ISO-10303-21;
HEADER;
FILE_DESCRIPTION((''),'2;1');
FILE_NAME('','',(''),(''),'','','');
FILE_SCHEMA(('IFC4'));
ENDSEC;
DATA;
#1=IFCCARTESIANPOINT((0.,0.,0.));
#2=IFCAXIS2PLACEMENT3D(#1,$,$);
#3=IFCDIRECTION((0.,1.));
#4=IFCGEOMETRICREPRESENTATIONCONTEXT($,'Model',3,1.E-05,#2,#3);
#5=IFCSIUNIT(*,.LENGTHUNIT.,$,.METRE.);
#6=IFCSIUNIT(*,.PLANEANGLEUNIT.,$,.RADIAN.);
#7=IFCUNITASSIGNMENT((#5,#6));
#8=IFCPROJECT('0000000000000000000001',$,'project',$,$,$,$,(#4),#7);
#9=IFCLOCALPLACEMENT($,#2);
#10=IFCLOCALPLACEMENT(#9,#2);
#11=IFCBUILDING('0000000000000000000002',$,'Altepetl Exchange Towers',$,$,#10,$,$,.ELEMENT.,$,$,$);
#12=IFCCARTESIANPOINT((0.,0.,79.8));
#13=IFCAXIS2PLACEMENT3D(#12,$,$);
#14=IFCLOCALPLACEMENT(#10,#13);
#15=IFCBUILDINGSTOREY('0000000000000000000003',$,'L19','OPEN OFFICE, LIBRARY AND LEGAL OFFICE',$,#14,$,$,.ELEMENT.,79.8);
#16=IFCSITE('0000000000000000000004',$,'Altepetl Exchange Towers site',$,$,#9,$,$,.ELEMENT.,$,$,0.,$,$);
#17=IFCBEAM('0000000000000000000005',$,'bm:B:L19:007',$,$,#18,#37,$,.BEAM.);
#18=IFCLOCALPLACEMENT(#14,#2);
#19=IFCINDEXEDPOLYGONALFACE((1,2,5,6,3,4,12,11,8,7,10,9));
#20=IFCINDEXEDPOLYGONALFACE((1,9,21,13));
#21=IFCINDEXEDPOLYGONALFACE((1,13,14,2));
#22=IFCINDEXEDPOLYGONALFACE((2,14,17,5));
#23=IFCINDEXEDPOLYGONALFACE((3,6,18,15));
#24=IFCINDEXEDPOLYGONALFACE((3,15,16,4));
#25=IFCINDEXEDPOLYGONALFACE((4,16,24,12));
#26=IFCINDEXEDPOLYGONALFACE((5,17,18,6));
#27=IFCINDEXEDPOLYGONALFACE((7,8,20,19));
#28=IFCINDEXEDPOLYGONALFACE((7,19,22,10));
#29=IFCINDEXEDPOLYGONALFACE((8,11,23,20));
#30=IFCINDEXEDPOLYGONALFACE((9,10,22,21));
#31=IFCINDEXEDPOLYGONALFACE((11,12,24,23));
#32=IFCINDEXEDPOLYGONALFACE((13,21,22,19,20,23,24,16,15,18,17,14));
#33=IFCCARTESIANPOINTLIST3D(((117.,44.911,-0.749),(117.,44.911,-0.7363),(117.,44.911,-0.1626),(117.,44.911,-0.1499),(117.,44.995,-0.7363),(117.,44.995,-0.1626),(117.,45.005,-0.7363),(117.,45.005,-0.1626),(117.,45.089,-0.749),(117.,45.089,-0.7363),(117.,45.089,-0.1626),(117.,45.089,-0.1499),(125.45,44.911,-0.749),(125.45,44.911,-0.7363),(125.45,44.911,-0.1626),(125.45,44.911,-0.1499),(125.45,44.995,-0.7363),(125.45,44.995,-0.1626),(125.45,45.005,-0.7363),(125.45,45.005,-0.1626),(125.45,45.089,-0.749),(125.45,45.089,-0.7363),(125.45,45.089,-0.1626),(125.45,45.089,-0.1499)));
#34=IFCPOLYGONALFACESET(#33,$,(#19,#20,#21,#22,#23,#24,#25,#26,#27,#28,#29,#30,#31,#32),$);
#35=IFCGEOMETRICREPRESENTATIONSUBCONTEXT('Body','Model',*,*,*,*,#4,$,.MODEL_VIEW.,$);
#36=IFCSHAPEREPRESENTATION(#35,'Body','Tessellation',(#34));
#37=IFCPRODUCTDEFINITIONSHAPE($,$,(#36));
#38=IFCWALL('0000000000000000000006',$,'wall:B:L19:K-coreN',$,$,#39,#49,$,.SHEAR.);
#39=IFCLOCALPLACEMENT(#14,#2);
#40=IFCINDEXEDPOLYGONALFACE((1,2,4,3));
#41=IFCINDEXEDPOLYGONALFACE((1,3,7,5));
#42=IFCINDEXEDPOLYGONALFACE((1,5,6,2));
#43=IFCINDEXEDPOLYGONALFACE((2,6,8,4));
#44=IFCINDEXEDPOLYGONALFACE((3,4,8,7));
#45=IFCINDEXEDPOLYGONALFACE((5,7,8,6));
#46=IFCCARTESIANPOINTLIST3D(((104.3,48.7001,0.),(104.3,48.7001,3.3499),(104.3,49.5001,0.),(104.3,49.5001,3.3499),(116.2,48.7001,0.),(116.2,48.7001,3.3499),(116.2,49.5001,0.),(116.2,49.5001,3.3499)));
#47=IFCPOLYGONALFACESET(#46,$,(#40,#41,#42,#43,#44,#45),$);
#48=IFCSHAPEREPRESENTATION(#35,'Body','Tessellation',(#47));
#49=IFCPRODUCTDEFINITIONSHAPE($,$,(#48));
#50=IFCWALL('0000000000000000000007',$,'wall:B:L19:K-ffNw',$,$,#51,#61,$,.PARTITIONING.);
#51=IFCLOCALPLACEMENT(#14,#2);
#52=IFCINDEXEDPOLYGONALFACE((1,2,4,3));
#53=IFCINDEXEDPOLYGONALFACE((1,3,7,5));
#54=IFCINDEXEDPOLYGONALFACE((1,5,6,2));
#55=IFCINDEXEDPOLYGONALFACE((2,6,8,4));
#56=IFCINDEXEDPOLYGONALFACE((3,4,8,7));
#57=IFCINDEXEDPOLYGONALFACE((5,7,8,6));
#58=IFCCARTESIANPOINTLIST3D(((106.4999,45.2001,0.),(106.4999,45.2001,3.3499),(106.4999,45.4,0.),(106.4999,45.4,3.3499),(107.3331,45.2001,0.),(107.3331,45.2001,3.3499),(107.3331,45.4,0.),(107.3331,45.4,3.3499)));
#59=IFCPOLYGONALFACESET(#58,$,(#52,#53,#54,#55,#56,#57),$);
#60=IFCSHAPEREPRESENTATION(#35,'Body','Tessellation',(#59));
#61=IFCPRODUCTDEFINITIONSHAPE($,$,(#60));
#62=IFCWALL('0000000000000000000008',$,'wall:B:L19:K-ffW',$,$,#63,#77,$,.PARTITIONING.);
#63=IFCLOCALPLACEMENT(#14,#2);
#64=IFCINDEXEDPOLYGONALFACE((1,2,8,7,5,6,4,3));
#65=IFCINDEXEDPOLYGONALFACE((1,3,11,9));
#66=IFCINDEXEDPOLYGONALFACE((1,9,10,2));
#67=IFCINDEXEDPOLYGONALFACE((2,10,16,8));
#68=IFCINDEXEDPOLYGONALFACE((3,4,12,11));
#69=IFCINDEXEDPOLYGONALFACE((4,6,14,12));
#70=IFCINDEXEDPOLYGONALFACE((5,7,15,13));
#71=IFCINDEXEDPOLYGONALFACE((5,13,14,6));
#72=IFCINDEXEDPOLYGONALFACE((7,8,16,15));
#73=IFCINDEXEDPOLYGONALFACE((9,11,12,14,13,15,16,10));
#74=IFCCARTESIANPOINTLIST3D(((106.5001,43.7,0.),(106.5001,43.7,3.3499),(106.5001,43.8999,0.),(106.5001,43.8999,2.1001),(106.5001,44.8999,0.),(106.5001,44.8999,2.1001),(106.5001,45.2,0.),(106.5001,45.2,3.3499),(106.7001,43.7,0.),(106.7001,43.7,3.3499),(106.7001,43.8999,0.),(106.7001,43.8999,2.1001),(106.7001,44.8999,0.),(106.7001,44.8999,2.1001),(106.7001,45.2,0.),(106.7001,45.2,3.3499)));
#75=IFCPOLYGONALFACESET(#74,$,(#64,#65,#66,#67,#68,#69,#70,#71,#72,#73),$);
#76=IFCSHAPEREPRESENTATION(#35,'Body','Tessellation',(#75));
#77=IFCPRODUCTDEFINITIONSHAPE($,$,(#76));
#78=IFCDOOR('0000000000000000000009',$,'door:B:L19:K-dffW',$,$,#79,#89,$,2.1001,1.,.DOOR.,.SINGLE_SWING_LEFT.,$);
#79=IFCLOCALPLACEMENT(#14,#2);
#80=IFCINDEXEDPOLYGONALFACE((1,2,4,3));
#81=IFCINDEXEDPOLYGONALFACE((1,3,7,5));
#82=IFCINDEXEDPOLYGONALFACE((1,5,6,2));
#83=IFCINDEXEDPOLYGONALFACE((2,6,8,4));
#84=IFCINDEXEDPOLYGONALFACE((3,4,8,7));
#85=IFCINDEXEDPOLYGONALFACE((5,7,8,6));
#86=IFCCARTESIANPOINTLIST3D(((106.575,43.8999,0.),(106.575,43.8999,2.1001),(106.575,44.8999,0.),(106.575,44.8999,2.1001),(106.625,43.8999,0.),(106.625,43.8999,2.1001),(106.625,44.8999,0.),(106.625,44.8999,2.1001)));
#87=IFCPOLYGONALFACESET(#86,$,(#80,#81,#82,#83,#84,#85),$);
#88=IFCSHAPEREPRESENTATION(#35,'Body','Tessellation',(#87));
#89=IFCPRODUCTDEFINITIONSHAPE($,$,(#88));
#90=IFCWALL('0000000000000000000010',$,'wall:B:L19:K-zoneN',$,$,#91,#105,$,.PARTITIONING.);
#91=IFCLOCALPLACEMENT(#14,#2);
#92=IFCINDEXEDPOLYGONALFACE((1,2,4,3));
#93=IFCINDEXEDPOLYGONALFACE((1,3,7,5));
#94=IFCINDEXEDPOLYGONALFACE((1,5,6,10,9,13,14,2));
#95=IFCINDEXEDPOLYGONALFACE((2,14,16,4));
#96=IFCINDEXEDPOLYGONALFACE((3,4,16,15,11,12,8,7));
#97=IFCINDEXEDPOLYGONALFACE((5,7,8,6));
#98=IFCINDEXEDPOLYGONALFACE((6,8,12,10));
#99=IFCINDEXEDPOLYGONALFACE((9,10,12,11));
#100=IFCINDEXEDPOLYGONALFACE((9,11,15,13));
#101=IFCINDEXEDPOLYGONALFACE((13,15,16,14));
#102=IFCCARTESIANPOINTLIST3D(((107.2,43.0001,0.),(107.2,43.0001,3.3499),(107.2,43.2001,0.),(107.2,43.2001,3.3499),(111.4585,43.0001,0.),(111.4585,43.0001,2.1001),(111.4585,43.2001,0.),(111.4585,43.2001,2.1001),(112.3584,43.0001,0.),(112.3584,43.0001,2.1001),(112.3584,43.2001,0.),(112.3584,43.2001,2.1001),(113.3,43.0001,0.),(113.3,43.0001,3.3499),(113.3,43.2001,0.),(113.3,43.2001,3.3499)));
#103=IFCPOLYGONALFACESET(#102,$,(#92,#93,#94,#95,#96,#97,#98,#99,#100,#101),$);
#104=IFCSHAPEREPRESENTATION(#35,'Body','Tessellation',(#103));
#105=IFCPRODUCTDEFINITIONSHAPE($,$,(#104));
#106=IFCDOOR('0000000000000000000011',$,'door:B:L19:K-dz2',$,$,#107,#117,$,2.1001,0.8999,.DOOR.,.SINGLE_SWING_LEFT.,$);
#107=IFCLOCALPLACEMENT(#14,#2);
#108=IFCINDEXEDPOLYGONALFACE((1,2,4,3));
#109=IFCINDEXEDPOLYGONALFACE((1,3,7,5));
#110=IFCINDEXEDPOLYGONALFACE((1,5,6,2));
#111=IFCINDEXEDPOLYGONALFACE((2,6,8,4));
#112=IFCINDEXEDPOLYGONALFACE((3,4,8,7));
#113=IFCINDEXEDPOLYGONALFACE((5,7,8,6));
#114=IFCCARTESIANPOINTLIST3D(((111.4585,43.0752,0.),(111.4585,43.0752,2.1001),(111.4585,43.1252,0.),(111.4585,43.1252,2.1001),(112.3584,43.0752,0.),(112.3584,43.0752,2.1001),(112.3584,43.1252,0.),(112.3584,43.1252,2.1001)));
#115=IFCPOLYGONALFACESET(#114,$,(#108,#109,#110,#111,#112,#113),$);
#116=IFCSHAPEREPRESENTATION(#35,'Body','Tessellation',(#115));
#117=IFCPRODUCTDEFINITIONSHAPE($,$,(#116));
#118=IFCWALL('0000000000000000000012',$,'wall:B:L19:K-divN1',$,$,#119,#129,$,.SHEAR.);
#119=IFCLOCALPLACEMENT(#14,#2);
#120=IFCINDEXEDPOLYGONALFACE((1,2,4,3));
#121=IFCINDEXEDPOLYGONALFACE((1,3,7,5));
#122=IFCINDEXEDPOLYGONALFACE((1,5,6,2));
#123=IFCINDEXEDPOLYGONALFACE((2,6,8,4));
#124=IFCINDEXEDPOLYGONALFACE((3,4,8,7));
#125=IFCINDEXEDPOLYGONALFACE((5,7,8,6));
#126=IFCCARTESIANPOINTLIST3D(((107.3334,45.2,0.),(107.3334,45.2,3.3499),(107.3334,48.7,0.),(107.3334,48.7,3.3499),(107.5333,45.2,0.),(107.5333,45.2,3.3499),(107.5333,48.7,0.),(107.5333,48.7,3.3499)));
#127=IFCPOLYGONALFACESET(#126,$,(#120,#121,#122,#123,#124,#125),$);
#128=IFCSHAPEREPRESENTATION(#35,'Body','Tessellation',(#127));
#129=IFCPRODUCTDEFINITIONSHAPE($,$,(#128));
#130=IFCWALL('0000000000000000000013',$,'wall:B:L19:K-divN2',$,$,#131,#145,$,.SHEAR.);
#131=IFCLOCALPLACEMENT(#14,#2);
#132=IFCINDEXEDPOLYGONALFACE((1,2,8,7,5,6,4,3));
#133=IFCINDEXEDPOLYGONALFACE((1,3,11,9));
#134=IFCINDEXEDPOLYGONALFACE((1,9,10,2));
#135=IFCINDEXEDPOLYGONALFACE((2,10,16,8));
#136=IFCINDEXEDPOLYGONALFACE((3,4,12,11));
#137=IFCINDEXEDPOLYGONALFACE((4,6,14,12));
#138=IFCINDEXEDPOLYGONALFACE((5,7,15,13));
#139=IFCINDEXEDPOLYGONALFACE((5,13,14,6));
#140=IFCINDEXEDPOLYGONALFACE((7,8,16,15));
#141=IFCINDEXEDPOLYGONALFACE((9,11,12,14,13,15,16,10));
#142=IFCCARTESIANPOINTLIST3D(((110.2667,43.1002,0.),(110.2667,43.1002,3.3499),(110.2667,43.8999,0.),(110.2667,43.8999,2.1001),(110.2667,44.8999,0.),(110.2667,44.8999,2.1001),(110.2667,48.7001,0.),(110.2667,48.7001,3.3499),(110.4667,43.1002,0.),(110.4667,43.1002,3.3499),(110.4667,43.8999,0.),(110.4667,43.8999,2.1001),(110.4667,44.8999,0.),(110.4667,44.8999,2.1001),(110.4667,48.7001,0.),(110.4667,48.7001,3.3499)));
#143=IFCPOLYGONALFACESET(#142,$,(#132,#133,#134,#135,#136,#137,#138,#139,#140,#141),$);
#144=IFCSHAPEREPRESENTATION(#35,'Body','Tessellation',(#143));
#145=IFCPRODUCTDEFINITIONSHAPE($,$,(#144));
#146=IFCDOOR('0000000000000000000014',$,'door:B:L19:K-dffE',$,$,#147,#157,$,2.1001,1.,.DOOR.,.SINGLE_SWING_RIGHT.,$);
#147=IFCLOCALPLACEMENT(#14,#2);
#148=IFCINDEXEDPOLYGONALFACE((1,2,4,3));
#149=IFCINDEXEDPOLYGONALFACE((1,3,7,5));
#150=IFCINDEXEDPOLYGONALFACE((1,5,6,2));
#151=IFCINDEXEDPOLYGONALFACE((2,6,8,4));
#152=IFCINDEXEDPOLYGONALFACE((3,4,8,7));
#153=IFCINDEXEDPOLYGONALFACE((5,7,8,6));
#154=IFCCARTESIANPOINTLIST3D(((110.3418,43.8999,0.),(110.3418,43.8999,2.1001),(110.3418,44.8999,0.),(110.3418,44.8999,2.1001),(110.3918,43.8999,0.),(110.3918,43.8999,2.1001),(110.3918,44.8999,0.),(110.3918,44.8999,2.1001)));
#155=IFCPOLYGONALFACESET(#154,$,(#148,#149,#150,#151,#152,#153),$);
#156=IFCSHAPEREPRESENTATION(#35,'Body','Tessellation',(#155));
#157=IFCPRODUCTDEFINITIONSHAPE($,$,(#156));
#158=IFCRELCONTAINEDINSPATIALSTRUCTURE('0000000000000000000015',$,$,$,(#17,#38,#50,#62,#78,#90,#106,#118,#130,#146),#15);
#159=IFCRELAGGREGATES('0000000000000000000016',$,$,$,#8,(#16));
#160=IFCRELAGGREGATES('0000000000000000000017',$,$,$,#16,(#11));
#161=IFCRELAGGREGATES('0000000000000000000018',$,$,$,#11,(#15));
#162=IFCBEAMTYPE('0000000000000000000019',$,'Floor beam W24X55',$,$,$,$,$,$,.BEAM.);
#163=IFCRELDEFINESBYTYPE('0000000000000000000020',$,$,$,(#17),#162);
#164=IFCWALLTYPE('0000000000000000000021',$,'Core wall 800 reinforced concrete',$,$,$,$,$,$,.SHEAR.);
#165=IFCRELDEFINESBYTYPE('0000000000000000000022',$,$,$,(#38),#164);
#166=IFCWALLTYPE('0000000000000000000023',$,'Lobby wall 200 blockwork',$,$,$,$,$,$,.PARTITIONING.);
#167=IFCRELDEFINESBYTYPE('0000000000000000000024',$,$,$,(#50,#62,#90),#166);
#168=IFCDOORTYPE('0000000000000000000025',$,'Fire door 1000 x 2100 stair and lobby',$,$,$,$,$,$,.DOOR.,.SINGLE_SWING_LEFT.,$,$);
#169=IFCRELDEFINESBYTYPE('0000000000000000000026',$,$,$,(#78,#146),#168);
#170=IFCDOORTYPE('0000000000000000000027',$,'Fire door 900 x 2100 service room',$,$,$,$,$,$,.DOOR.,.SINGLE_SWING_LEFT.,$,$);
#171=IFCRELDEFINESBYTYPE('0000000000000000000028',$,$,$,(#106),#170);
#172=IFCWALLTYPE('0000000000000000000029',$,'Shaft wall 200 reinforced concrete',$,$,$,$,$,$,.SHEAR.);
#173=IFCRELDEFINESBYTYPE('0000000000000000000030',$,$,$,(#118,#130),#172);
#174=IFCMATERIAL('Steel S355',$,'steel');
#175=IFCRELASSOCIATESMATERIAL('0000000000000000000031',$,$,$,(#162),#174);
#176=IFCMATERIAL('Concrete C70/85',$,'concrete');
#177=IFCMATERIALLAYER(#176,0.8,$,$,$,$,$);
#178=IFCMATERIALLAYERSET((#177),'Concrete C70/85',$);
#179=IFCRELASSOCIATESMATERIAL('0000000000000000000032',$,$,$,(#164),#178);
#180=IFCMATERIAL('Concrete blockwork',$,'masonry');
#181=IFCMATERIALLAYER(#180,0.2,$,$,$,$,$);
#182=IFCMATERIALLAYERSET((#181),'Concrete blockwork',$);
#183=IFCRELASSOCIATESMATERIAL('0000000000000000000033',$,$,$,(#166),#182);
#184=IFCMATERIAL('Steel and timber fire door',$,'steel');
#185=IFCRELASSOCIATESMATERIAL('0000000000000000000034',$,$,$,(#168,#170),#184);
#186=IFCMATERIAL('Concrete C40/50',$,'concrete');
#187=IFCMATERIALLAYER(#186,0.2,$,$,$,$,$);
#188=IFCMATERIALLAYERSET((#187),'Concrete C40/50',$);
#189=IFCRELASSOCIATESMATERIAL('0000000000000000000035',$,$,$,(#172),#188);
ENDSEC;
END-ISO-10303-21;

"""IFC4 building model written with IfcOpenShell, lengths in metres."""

from ifc_helpers import new_model, si_unit, direction, frame, frame_2d, origin, origin_2d, place, context, subcontext, project, spatial, rectangle, i_section, extrude, material, layer, layer_set, material_profile, profile_set, type_object, element, fill, save


model = new_model("IFC4")

# Units and contexts
model_context = context("Model", 3, precision=1e-05, world=origin(), true_north=direction((0.0, 1.0)))
body_context = subcontext(model_context, "Body", "Model", "MODEL_VIEW")
ifc_project = project(units=[si_unit("LENGTHUNIT", "METRE"), si_unit("PLANEANGLEUNIT", "RADIAN")], contexts=[model_context])

# Site, building, storey
site_placement = place(None, origin())
site = spatial("IfcSite", under=ifc_project, at=site_placement, Name="Altepetl Exchange Towers site", CompositionType="ELEMENT", RefElevation=0.0)
building_placement = place(site_placement, origin())
building = spatial("IfcBuilding", under=site, at=building_placement, Name="Altepetl Exchange Towers", CompositionType="ELEMENT")
storey_placement = place(building_placement, frame((0.0, 0.0, 79.8)))
storey = spatial("IfcBuildingStorey", under=building, at=storey_placement, Name="L19", Description="OPEN OFFICE, LIBRARY AND LEGAL OFFICE", CompositionType="ELEMENT", Elevation=79.8)

# Beam
ifc_material_1 = material(Name="Steel S355", Category="steel")
ifc_material_profile = material_profile(ifc_material_1, i_section(OverallWidth=0.178, OverallDepth=0.5991, WebThickness=0.01, FlangeThickness=0.0127, at=origin_2d()), Name="W24X55")
ifc_profile_set = profile_set([ifc_material_profile], Name="Steel S355")
beam_type = type_object("IfcBeamType", Name="Floor beam W24X55", PredefinedType="BEAM", material=ifc_profile_set)
beam_placement = place(storey_placement, frame((117.0, 45.0, -0.4495), z_axis=(1.0, 0.0, 0.0), x_axis=(0.0, 1.0, 0.0)))
element("IfcBeam", 1, at=beam_placement, inside=storey, type_object=beam_type, Name="bm:B:L19:007", PredefinedType="BEAM", context=body_context, shape_type="SweptSolid", body=[
    extrude(i_section(OverallWidth=0.178, OverallDepth=0.5991, WebThickness=0.01, FlangeThickness=0.0127, at=origin_2d()), origin(), (0.0, 0.0, 1.0), 8.45),
])

# Walls
ifc_material_2 = material(Name="Concrete C70/85", Category="concrete")
ifc_layer_1 = layer(ifc_material_2, 0.8)
ifc_layer_set_1 = layer_set([ifc_layer_1], Name="Concrete C70/85")
wall_type_1 = type_object("IfcWallType", Name="Core wall 800 reinforced concrete", PredefinedType="SHEAR", material=ifc_layer_set_1)
wall_1_placement = place(storey_placement, frame((104.3, 49.1001, 0.0)))
element("IfcWall", 2, at=wall_1_placement, inside=storey, type_object=wall_type_1, Name="wall:B:L19:K-coreN", PredefinedType="SHEAR", context=body_context, shape_type="SweptSolid", body=[
    extrude(rectangle(XDim=11.8999, YDim=0.8, at=frame_2d((5.95, 0.0))), origin(), (0.0, 0.0, 1.0), 3.3499),
])
ifc_material_3 = material(Name="Concrete blockwork", Category="masonry")
ifc_layer_2 = layer(ifc_material_3, 0.2)
ifc_layer_set_2 = layer_set([ifc_layer_2], Name="Concrete blockwork")
wall_type_2 = type_object("IfcWallType", Name="Lobby wall 200 blockwork", PredefinedType="PARTITIONING", material=ifc_layer_set_2)
wall_2_placement = place(storey_placement, frame((106.5, 45.3, 0.0)))
element("IfcWall", 3, at=wall_2_placement, inside=storey, type_object=wall_type_2, Name="wall:B:L19:K-ffNw", PredefinedType="PARTITIONING", context=body_context, shape_type="SweptSolid", body=[
    extrude(rectangle(XDim=0.8333, YDim=0.2, at=frame_2d((0.4165, 0.0))), origin(), (0.0, 0.0, 1.0), 3.3499),
])

# Walls, openings, doors
wall_3_placement = place(storey_placement, frame((106.6001, 43.7, 0.0), z_axis=(0.0, 0.0, 1.0), x_axis=(0.0, 1.0, 0.0)))
wall_3 = element("IfcWall", 4, at=wall_3_placement, inside=storey, type_object=wall_type_2, Name="wall:B:L19:K-ffW", PredefinedType="PARTITIONING", context=body_context, shape_type="SweptSolid", body=[
    extrude(rectangle(XDim=1.5, YDim=0.2, at=frame_2d((0.75, 0.0))), origin(), (0.0, 0.0, 1.0), 3.3499),
])
opening_1_placement = place(wall_3_placement, frame((0.2, 0.0, 0.0)))
opening_1 = element("IfcOpeningElement", 5, at=opening_1_placement, cuts=wall_3, PredefinedType="OPENING", context=body_context, shape_type="SweptSolid", body=[
    extrude(rectangle(XDim=1.0, YDim=2.1001, at=frame_2d((0.5, 1.05))), frame((0.0, 0.1099, 0.0), z_axis=(0.0, -1.0, 0.0), x_axis=(1.0, 0.0, 0.0)), (0.0, 0.0, 1.0), 0.22),
])
ifc_material_4 = material(Name="Steel and timber fire door", Category="steel")
door_type_1 = type_object("IfcDoorType", Name="Fire door 1000 x 2100 stair and lobby", OperationType="SINGLE_SWING_LEFT", PredefinedType="DOOR", material=ifc_material_4)
door_1_placement = place(opening_1_placement, frame((1.0, 0.0, 0.0), x_axis=(-1.0, 0.0, 0.0)))
door_1 = element("IfcDoor", 6, at=door_1_placement, inside=storey, type_object=door_type_1, Name="door:B:L19:K-dffW", OperationType="SINGLE_SWING_LEFT", OverallHeight=2.1001, OverallWidth=1.0, PredefinedType="DOOR", context=body_context, shape_type="SweptSolid", body=[
    extrude(rectangle(XDim=1.0, YDim=2.1001, at=frame_2d((0.5, 1.05))), frame((0.0, 0.0249, 0.0), z_axis=(0.0, -1.0, 0.0), x_axis=(1.0, 0.0, 0.0)), (0.0, 0.0, 1.0), 0.05),
])
fill(opening_1, door_1)
wall_4_placement = place(storey_placement, frame((107.2, 43.1001, 0.0)))
wall_4 = element("IfcWall", 7, at=wall_4_placement, inside=storey, type_object=wall_type_2, Name="wall:B:L19:K-zoneN", PredefinedType="PARTITIONING", context=body_context, shape_type="SweptSolid", body=[
    extrude(rectangle(XDim=6.1001, YDim=0.2, at=frame_2d((3.05, 0.0))), origin(), (0.0, 0.0, 1.0), 3.3499),
])
opening_2_placement = place(wall_4_placement, frame((4.2585, 0.0, 0.0)))
opening_2 = element("IfcOpeningElement", 8, at=opening_2_placement, cuts=wall_4, PredefinedType="OPENING", context=body_context, shape_type="SweptSolid", body=[
    extrude(rectangle(XDim=0.8999, YDim=2.1001, at=frame_2d((0.45, 1.05))), frame((0.0, 0.1099, 0.0), z_axis=(0.0, -1.0, 0.0), x_axis=(1.0, 0.0, 0.0)), (0.0, 0.0, 1.0), 0.22),
])
door_type_2 = type_object("IfcDoorType", Name="Fire door 900 x 2100 service room", OperationType="SINGLE_SWING_LEFT", PredefinedType="DOOR", material=ifc_material_4)
door_2_placement = place(opening_2_placement, frame((0.8999, 0.0, 0.0), x_axis=(-1.0, 0.0, 0.0)))
door_2 = element("IfcDoor", 9, at=door_2_placement, inside=storey, type_object=door_type_2, Name="door:B:L19:K-dz2", OperationType="SINGLE_SWING_LEFT", OverallHeight=2.1001, OverallWidth=0.8999, PredefinedType="DOOR", context=body_context, shape_type="SweptSolid", body=[
    extrude(rectangle(XDim=0.8999, YDim=2.1001, at=frame_2d((0.45, 1.05))), frame((0.0, 0.0249, 0.0), z_axis=(0.0, -1.0, 0.0), x_axis=(1.0, 0.0, 0.0)), (0.0, 0.0, 1.0), 0.05),
])
fill(opening_2, door_2)

# Wall
ifc_material_5 = material(Name="Concrete C40/50", Category="concrete")
ifc_layer_3 = layer(ifc_material_5, 0.2)
ifc_layer_set_3 = layer_set([ifc_layer_3], Name="Concrete C40/50")
wall_type_3 = type_object("IfcWallType", Name="Shaft wall 200 reinforced concrete", PredefinedType="SHEAR", material=ifc_layer_set_3)
wall_5_placement = place(storey_placement, frame((107.4333, 48.7, 0.0), z_axis=(0.0, 0.0, 1.0), x_axis=(0.0, -1.0, 0.0)))
element("IfcWall", 10, at=wall_5_placement, inside=storey, type_object=wall_type_3, Name="wall:B:L19:K-divN1", PredefinedType="SHEAR", context=body_context, shape_type="SweptSolid", body=[
    extrude(rectangle(XDim=3.5, YDim=0.2, at=frame_2d((1.75, 0.0))), origin(), (0.0, 0.0, 1.0), 3.3499),
])

# Wall, opening, door
wall_6_placement = place(storey_placement, frame((110.3667, 48.7, 0.0), z_axis=(0.0, 0.0, 1.0), x_axis=(0.0, -1.0, 0.0)))
wall_6 = element("IfcWall", 11, at=wall_6_placement, inside=storey, type_object=wall_type_3, Name="wall:B:L19:K-divN2", PredefinedType="SHEAR", context=body_context, shape_type="SweptSolid", body=[
    extrude(rectangle(XDim=5.5999, YDim=0.2, at=frame_2d((2.7998, 0.0))), origin(), (0.0, 0.0, 1.0), 3.3499),
])
opening_3_placement = place(wall_6_placement, frame((3.8, 0.0, 0.0)))
opening_3 = element("IfcOpeningElement", 12, at=opening_3_placement, cuts=wall_6, PredefinedType="OPENING", context=body_context, shape_type="SweptSolid", body=[
    extrude(rectangle(XDim=1.0, YDim=2.1001, at=frame_2d((0.5, 1.05))), frame((0.0, 0.1099, 0.0), z_axis=(0.0, -1.0, 0.0), x_axis=(1.0, 0.0, 0.0)), (0.0, 0.0, 1.0), 0.22),
])
door_3_placement = place(opening_3_placement, frame((1.0, 0.0, 0.0), x_axis=(-1.0, 0.0, 0.0)))
door_3 = element("IfcDoor", 13, at=door_3_placement, inside=storey, type_object=door_type_1, Name="door:B:L19:K-dffE", OperationType="SINGLE_SWING_RIGHT", OverallHeight=2.1001, OverallWidth=1.0, PredefinedType="DOOR", context=body_context, shape_type="SweptSolid", body=[
    extrude(rectangle(XDim=1.0, YDim=2.1001, at=frame_2d((0.5, 1.05))), frame((0.0, 0.0249, 0.0), z_axis=(0.0, -1.0, 0.0), x_axis=(1.0, 0.0, 0.0)), (0.0, 0.0, 1.0), 0.05),
])
fill(opening_3, door_3)

save(model, "model.ifc")
